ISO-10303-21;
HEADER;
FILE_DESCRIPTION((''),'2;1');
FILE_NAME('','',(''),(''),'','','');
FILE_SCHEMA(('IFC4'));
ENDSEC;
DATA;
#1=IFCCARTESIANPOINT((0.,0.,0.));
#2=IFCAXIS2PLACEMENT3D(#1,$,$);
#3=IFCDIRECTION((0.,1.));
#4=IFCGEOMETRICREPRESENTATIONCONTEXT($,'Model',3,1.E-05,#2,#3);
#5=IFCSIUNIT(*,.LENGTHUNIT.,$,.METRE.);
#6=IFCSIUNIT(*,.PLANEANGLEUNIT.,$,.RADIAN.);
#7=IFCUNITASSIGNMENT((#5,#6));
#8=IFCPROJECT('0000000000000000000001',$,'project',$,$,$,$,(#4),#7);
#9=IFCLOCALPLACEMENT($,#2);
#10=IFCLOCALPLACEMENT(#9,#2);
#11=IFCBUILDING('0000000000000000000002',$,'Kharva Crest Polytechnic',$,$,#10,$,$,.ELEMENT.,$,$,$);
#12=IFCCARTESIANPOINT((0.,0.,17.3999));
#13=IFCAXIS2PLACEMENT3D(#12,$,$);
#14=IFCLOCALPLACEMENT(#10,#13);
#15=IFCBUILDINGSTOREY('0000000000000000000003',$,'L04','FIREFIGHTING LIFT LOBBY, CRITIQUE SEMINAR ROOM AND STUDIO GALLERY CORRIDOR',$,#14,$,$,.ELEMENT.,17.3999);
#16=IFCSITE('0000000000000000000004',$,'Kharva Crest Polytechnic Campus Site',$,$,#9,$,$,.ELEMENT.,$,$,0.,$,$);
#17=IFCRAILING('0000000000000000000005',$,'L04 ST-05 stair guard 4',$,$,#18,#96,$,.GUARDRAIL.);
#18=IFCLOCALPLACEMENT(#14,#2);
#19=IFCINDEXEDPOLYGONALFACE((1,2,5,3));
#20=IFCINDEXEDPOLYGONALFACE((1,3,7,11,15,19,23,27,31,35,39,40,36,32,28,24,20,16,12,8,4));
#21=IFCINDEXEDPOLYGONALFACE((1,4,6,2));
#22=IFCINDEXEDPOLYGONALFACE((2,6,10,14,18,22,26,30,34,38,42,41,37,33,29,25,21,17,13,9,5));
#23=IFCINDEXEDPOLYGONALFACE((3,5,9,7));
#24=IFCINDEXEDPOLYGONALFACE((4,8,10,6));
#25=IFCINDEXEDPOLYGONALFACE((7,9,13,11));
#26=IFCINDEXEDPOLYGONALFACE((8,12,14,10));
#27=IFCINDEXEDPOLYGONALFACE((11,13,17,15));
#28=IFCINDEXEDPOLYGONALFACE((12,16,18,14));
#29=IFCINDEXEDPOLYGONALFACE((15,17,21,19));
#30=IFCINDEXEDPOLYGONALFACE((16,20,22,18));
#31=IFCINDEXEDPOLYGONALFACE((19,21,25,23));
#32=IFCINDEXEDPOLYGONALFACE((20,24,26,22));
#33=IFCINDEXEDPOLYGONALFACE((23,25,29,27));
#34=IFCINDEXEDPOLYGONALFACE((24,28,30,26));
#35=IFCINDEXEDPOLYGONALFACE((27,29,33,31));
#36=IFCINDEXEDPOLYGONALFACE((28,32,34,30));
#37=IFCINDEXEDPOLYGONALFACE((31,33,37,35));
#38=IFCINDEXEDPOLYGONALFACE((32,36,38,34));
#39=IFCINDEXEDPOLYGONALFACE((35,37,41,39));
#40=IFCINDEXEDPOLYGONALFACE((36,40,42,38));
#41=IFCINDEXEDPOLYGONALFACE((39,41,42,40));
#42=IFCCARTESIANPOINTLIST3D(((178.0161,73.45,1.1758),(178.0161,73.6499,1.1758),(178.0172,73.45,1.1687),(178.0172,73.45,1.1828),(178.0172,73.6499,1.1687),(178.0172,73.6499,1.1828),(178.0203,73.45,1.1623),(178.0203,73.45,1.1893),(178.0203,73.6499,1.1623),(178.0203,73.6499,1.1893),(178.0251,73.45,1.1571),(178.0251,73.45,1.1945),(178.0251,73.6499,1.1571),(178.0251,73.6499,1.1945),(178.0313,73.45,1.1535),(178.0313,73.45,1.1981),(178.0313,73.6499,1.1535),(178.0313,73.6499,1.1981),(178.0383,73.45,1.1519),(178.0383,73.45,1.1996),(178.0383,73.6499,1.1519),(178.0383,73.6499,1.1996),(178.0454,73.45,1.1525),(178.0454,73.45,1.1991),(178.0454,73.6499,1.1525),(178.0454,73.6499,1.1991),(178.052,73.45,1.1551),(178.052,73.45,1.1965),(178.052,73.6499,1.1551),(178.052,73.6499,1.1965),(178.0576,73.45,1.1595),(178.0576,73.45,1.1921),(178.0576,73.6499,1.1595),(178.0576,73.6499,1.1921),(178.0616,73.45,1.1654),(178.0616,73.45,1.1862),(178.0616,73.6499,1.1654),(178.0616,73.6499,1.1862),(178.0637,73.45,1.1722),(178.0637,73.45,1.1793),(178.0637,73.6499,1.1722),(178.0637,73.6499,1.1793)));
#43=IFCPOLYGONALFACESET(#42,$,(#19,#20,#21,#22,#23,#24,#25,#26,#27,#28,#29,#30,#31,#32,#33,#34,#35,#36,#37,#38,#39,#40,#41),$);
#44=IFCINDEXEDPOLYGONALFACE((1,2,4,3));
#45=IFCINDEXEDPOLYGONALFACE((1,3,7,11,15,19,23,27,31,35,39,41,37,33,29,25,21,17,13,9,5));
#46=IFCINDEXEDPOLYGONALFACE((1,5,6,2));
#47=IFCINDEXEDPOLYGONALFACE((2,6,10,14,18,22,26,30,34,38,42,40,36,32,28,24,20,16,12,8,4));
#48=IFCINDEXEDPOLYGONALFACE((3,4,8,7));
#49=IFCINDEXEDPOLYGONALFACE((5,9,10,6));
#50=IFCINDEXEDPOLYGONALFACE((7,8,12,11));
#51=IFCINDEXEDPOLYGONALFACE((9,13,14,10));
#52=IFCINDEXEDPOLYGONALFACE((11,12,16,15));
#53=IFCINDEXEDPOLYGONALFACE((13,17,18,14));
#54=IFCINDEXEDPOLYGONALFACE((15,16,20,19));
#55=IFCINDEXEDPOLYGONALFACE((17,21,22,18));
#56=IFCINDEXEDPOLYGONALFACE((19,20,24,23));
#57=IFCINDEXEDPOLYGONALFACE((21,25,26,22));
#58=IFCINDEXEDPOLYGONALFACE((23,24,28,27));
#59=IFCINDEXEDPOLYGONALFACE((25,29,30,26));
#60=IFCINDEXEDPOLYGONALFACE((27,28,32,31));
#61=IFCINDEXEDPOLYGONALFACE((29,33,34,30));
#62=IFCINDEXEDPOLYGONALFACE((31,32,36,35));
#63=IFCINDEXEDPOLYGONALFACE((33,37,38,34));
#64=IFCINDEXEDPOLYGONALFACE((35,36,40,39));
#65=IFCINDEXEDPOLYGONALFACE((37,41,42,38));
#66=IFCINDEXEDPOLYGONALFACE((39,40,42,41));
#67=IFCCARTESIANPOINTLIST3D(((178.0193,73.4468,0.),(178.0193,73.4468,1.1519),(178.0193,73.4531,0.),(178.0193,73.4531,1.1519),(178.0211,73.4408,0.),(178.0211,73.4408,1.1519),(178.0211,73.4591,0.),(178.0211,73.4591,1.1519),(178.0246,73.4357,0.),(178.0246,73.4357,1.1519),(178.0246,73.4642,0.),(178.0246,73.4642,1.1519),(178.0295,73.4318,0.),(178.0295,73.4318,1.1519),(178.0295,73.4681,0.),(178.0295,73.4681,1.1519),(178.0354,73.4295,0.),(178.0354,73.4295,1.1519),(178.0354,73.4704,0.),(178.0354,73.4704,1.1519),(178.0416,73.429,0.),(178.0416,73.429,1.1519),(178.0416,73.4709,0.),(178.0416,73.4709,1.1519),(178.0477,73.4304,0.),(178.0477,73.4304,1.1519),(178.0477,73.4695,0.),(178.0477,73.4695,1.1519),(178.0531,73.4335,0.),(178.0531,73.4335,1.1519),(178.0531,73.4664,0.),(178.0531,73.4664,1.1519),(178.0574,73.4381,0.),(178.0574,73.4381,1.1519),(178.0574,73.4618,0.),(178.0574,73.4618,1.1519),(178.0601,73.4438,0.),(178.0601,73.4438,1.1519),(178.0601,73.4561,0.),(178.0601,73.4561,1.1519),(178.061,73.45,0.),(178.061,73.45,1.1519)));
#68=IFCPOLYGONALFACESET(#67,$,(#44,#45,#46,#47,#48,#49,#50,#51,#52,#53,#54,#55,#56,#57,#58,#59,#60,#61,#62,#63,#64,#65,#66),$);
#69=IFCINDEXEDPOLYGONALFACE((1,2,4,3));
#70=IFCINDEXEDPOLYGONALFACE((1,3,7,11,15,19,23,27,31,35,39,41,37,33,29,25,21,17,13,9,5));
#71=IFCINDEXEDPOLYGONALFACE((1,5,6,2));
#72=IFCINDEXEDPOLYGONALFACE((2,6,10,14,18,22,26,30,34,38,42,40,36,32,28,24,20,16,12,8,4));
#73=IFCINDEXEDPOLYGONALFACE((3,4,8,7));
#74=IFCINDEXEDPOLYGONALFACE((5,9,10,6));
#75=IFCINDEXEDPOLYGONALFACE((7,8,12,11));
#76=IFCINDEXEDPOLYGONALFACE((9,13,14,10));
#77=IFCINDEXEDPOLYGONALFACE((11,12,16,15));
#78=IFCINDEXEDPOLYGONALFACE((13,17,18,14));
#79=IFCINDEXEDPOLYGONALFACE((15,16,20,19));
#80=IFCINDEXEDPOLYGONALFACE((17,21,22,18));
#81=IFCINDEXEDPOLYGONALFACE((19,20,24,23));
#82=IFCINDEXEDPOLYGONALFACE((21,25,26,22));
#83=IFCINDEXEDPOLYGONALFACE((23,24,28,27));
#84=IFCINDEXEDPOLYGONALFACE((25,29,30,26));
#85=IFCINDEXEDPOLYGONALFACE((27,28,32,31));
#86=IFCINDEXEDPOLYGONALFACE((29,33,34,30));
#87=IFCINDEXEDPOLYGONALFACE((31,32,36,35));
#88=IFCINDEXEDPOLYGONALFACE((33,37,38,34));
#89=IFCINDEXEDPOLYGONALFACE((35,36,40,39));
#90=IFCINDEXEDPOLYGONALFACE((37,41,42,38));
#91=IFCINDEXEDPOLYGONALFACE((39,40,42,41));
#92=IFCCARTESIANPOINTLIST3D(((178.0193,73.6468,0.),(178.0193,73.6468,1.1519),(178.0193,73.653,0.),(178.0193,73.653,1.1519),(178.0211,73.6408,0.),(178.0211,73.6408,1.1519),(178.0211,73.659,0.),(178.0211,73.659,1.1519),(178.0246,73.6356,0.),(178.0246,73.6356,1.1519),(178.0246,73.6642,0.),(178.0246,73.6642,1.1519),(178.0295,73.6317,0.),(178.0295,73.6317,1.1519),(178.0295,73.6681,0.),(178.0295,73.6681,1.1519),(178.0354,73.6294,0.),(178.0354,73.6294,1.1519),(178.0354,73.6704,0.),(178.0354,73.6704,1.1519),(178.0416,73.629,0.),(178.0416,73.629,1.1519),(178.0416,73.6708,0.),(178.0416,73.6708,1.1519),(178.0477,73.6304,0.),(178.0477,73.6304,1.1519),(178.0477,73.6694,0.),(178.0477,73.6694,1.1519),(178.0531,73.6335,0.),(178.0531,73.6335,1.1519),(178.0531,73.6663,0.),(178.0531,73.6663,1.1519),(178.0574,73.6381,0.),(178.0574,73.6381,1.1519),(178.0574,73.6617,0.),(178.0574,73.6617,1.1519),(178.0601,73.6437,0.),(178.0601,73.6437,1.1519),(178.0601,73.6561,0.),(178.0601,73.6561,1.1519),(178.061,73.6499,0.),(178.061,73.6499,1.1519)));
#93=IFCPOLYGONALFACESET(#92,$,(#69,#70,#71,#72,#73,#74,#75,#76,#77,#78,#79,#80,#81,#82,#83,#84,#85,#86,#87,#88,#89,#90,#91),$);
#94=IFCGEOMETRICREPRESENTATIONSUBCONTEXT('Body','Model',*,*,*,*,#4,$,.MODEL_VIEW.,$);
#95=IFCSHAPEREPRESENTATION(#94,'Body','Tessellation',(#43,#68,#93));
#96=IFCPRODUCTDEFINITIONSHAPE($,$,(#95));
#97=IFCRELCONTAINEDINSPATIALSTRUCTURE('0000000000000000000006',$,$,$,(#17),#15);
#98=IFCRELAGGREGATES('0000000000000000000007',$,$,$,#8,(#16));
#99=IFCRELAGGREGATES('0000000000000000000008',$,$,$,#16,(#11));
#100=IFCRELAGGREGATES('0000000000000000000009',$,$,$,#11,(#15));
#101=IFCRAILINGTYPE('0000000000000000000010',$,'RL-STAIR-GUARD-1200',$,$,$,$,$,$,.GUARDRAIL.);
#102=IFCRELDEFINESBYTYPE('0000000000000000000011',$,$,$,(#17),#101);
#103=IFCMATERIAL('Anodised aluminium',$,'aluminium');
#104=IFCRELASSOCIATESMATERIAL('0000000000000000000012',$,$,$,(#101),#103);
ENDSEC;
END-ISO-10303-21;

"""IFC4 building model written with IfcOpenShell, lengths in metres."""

from ifc_helpers import new_model, si_unit, direction, frame, origin, origin_2d, place, context, subcontext, project, spatial, circle, extrude, material, type_object, element, save


model = new_model("IFC4")

# Units and contexts
model_context = context("Model", 3, precision=1e-05, world=origin(), true_north=direction((0.0, 1.0)))
body_context = subcontext(model_context, "Body", "Model", "MODEL_VIEW")
ifc_project = project(units=[si_unit("LENGTHUNIT", "METRE"), si_unit("PLANEANGLEUNIT", "RADIAN")], contexts=[model_context])

# Site, building, storey
site_placement = place(None, origin())
site = spatial("IfcSite", under=ifc_project, at=site_placement, Name="Kharva Crest Polytechnic Campus Site", CompositionType="ELEMENT", RefElevation=0.0)
building_placement = place(site_placement, origin())
building = spatial("IfcBuilding", under=site, at=building_placement, Name="Kharva Crest Polytechnic", CompositionType="ELEMENT")
storey_placement = place(building_placement, frame((0.0, 0.0, 17.3999)))
storey = spatial("IfcBuildingStorey", under=building, at=storey_placement, Name="L04", Description="FIREFIGHTING LIFT LOBBY, CRITIQUE SEMINAR ROOM AND STUDIO GALLERY CORRIDOR", CompositionType="ELEMENT", Elevation=17.3999)

# Railing
ifc_material_1 = material(Name="Anodised aluminium", Category="aluminium")
railing_type_1 = type_object("IfcRailingType", Name="RL-STAIR-GUARD-1200", PredefinedType="GUARDRAIL", material=ifc_material_1)
railing_1_placement = place(storey_placement, frame((178.04, 73.45, 0.0)))
element("IfcRailing", 1, at=railing_1_placement, inside=storey, type_object=railing_type_1, Name="L04 ST-05 stair guard 4", PredefinedType="GUARDRAIL", context=body_context, shape_type="SweptSolid", body=[
    extrude(circle(Radius=0.0239, at=origin_2d()), frame((0.0, 0.0, 1.1758), z_axis=(0.0, 1.0, 0.0), x_axis=(-1.0, 0.0, 0.0)), (0.0, 0.0, 1.0), 0.2),
    extrude(circle(Radius=0.021, at=origin_2d()), origin(), (0.0, 0.0, 1.0), 1.1519),
    extrude(circle(Radius=0.021, at=origin_2d()), frame((0.0, 0.2, 0.0)), (0.0, 0.0, 1.0), 1.1519),
])

save(model, "model.ifc")
